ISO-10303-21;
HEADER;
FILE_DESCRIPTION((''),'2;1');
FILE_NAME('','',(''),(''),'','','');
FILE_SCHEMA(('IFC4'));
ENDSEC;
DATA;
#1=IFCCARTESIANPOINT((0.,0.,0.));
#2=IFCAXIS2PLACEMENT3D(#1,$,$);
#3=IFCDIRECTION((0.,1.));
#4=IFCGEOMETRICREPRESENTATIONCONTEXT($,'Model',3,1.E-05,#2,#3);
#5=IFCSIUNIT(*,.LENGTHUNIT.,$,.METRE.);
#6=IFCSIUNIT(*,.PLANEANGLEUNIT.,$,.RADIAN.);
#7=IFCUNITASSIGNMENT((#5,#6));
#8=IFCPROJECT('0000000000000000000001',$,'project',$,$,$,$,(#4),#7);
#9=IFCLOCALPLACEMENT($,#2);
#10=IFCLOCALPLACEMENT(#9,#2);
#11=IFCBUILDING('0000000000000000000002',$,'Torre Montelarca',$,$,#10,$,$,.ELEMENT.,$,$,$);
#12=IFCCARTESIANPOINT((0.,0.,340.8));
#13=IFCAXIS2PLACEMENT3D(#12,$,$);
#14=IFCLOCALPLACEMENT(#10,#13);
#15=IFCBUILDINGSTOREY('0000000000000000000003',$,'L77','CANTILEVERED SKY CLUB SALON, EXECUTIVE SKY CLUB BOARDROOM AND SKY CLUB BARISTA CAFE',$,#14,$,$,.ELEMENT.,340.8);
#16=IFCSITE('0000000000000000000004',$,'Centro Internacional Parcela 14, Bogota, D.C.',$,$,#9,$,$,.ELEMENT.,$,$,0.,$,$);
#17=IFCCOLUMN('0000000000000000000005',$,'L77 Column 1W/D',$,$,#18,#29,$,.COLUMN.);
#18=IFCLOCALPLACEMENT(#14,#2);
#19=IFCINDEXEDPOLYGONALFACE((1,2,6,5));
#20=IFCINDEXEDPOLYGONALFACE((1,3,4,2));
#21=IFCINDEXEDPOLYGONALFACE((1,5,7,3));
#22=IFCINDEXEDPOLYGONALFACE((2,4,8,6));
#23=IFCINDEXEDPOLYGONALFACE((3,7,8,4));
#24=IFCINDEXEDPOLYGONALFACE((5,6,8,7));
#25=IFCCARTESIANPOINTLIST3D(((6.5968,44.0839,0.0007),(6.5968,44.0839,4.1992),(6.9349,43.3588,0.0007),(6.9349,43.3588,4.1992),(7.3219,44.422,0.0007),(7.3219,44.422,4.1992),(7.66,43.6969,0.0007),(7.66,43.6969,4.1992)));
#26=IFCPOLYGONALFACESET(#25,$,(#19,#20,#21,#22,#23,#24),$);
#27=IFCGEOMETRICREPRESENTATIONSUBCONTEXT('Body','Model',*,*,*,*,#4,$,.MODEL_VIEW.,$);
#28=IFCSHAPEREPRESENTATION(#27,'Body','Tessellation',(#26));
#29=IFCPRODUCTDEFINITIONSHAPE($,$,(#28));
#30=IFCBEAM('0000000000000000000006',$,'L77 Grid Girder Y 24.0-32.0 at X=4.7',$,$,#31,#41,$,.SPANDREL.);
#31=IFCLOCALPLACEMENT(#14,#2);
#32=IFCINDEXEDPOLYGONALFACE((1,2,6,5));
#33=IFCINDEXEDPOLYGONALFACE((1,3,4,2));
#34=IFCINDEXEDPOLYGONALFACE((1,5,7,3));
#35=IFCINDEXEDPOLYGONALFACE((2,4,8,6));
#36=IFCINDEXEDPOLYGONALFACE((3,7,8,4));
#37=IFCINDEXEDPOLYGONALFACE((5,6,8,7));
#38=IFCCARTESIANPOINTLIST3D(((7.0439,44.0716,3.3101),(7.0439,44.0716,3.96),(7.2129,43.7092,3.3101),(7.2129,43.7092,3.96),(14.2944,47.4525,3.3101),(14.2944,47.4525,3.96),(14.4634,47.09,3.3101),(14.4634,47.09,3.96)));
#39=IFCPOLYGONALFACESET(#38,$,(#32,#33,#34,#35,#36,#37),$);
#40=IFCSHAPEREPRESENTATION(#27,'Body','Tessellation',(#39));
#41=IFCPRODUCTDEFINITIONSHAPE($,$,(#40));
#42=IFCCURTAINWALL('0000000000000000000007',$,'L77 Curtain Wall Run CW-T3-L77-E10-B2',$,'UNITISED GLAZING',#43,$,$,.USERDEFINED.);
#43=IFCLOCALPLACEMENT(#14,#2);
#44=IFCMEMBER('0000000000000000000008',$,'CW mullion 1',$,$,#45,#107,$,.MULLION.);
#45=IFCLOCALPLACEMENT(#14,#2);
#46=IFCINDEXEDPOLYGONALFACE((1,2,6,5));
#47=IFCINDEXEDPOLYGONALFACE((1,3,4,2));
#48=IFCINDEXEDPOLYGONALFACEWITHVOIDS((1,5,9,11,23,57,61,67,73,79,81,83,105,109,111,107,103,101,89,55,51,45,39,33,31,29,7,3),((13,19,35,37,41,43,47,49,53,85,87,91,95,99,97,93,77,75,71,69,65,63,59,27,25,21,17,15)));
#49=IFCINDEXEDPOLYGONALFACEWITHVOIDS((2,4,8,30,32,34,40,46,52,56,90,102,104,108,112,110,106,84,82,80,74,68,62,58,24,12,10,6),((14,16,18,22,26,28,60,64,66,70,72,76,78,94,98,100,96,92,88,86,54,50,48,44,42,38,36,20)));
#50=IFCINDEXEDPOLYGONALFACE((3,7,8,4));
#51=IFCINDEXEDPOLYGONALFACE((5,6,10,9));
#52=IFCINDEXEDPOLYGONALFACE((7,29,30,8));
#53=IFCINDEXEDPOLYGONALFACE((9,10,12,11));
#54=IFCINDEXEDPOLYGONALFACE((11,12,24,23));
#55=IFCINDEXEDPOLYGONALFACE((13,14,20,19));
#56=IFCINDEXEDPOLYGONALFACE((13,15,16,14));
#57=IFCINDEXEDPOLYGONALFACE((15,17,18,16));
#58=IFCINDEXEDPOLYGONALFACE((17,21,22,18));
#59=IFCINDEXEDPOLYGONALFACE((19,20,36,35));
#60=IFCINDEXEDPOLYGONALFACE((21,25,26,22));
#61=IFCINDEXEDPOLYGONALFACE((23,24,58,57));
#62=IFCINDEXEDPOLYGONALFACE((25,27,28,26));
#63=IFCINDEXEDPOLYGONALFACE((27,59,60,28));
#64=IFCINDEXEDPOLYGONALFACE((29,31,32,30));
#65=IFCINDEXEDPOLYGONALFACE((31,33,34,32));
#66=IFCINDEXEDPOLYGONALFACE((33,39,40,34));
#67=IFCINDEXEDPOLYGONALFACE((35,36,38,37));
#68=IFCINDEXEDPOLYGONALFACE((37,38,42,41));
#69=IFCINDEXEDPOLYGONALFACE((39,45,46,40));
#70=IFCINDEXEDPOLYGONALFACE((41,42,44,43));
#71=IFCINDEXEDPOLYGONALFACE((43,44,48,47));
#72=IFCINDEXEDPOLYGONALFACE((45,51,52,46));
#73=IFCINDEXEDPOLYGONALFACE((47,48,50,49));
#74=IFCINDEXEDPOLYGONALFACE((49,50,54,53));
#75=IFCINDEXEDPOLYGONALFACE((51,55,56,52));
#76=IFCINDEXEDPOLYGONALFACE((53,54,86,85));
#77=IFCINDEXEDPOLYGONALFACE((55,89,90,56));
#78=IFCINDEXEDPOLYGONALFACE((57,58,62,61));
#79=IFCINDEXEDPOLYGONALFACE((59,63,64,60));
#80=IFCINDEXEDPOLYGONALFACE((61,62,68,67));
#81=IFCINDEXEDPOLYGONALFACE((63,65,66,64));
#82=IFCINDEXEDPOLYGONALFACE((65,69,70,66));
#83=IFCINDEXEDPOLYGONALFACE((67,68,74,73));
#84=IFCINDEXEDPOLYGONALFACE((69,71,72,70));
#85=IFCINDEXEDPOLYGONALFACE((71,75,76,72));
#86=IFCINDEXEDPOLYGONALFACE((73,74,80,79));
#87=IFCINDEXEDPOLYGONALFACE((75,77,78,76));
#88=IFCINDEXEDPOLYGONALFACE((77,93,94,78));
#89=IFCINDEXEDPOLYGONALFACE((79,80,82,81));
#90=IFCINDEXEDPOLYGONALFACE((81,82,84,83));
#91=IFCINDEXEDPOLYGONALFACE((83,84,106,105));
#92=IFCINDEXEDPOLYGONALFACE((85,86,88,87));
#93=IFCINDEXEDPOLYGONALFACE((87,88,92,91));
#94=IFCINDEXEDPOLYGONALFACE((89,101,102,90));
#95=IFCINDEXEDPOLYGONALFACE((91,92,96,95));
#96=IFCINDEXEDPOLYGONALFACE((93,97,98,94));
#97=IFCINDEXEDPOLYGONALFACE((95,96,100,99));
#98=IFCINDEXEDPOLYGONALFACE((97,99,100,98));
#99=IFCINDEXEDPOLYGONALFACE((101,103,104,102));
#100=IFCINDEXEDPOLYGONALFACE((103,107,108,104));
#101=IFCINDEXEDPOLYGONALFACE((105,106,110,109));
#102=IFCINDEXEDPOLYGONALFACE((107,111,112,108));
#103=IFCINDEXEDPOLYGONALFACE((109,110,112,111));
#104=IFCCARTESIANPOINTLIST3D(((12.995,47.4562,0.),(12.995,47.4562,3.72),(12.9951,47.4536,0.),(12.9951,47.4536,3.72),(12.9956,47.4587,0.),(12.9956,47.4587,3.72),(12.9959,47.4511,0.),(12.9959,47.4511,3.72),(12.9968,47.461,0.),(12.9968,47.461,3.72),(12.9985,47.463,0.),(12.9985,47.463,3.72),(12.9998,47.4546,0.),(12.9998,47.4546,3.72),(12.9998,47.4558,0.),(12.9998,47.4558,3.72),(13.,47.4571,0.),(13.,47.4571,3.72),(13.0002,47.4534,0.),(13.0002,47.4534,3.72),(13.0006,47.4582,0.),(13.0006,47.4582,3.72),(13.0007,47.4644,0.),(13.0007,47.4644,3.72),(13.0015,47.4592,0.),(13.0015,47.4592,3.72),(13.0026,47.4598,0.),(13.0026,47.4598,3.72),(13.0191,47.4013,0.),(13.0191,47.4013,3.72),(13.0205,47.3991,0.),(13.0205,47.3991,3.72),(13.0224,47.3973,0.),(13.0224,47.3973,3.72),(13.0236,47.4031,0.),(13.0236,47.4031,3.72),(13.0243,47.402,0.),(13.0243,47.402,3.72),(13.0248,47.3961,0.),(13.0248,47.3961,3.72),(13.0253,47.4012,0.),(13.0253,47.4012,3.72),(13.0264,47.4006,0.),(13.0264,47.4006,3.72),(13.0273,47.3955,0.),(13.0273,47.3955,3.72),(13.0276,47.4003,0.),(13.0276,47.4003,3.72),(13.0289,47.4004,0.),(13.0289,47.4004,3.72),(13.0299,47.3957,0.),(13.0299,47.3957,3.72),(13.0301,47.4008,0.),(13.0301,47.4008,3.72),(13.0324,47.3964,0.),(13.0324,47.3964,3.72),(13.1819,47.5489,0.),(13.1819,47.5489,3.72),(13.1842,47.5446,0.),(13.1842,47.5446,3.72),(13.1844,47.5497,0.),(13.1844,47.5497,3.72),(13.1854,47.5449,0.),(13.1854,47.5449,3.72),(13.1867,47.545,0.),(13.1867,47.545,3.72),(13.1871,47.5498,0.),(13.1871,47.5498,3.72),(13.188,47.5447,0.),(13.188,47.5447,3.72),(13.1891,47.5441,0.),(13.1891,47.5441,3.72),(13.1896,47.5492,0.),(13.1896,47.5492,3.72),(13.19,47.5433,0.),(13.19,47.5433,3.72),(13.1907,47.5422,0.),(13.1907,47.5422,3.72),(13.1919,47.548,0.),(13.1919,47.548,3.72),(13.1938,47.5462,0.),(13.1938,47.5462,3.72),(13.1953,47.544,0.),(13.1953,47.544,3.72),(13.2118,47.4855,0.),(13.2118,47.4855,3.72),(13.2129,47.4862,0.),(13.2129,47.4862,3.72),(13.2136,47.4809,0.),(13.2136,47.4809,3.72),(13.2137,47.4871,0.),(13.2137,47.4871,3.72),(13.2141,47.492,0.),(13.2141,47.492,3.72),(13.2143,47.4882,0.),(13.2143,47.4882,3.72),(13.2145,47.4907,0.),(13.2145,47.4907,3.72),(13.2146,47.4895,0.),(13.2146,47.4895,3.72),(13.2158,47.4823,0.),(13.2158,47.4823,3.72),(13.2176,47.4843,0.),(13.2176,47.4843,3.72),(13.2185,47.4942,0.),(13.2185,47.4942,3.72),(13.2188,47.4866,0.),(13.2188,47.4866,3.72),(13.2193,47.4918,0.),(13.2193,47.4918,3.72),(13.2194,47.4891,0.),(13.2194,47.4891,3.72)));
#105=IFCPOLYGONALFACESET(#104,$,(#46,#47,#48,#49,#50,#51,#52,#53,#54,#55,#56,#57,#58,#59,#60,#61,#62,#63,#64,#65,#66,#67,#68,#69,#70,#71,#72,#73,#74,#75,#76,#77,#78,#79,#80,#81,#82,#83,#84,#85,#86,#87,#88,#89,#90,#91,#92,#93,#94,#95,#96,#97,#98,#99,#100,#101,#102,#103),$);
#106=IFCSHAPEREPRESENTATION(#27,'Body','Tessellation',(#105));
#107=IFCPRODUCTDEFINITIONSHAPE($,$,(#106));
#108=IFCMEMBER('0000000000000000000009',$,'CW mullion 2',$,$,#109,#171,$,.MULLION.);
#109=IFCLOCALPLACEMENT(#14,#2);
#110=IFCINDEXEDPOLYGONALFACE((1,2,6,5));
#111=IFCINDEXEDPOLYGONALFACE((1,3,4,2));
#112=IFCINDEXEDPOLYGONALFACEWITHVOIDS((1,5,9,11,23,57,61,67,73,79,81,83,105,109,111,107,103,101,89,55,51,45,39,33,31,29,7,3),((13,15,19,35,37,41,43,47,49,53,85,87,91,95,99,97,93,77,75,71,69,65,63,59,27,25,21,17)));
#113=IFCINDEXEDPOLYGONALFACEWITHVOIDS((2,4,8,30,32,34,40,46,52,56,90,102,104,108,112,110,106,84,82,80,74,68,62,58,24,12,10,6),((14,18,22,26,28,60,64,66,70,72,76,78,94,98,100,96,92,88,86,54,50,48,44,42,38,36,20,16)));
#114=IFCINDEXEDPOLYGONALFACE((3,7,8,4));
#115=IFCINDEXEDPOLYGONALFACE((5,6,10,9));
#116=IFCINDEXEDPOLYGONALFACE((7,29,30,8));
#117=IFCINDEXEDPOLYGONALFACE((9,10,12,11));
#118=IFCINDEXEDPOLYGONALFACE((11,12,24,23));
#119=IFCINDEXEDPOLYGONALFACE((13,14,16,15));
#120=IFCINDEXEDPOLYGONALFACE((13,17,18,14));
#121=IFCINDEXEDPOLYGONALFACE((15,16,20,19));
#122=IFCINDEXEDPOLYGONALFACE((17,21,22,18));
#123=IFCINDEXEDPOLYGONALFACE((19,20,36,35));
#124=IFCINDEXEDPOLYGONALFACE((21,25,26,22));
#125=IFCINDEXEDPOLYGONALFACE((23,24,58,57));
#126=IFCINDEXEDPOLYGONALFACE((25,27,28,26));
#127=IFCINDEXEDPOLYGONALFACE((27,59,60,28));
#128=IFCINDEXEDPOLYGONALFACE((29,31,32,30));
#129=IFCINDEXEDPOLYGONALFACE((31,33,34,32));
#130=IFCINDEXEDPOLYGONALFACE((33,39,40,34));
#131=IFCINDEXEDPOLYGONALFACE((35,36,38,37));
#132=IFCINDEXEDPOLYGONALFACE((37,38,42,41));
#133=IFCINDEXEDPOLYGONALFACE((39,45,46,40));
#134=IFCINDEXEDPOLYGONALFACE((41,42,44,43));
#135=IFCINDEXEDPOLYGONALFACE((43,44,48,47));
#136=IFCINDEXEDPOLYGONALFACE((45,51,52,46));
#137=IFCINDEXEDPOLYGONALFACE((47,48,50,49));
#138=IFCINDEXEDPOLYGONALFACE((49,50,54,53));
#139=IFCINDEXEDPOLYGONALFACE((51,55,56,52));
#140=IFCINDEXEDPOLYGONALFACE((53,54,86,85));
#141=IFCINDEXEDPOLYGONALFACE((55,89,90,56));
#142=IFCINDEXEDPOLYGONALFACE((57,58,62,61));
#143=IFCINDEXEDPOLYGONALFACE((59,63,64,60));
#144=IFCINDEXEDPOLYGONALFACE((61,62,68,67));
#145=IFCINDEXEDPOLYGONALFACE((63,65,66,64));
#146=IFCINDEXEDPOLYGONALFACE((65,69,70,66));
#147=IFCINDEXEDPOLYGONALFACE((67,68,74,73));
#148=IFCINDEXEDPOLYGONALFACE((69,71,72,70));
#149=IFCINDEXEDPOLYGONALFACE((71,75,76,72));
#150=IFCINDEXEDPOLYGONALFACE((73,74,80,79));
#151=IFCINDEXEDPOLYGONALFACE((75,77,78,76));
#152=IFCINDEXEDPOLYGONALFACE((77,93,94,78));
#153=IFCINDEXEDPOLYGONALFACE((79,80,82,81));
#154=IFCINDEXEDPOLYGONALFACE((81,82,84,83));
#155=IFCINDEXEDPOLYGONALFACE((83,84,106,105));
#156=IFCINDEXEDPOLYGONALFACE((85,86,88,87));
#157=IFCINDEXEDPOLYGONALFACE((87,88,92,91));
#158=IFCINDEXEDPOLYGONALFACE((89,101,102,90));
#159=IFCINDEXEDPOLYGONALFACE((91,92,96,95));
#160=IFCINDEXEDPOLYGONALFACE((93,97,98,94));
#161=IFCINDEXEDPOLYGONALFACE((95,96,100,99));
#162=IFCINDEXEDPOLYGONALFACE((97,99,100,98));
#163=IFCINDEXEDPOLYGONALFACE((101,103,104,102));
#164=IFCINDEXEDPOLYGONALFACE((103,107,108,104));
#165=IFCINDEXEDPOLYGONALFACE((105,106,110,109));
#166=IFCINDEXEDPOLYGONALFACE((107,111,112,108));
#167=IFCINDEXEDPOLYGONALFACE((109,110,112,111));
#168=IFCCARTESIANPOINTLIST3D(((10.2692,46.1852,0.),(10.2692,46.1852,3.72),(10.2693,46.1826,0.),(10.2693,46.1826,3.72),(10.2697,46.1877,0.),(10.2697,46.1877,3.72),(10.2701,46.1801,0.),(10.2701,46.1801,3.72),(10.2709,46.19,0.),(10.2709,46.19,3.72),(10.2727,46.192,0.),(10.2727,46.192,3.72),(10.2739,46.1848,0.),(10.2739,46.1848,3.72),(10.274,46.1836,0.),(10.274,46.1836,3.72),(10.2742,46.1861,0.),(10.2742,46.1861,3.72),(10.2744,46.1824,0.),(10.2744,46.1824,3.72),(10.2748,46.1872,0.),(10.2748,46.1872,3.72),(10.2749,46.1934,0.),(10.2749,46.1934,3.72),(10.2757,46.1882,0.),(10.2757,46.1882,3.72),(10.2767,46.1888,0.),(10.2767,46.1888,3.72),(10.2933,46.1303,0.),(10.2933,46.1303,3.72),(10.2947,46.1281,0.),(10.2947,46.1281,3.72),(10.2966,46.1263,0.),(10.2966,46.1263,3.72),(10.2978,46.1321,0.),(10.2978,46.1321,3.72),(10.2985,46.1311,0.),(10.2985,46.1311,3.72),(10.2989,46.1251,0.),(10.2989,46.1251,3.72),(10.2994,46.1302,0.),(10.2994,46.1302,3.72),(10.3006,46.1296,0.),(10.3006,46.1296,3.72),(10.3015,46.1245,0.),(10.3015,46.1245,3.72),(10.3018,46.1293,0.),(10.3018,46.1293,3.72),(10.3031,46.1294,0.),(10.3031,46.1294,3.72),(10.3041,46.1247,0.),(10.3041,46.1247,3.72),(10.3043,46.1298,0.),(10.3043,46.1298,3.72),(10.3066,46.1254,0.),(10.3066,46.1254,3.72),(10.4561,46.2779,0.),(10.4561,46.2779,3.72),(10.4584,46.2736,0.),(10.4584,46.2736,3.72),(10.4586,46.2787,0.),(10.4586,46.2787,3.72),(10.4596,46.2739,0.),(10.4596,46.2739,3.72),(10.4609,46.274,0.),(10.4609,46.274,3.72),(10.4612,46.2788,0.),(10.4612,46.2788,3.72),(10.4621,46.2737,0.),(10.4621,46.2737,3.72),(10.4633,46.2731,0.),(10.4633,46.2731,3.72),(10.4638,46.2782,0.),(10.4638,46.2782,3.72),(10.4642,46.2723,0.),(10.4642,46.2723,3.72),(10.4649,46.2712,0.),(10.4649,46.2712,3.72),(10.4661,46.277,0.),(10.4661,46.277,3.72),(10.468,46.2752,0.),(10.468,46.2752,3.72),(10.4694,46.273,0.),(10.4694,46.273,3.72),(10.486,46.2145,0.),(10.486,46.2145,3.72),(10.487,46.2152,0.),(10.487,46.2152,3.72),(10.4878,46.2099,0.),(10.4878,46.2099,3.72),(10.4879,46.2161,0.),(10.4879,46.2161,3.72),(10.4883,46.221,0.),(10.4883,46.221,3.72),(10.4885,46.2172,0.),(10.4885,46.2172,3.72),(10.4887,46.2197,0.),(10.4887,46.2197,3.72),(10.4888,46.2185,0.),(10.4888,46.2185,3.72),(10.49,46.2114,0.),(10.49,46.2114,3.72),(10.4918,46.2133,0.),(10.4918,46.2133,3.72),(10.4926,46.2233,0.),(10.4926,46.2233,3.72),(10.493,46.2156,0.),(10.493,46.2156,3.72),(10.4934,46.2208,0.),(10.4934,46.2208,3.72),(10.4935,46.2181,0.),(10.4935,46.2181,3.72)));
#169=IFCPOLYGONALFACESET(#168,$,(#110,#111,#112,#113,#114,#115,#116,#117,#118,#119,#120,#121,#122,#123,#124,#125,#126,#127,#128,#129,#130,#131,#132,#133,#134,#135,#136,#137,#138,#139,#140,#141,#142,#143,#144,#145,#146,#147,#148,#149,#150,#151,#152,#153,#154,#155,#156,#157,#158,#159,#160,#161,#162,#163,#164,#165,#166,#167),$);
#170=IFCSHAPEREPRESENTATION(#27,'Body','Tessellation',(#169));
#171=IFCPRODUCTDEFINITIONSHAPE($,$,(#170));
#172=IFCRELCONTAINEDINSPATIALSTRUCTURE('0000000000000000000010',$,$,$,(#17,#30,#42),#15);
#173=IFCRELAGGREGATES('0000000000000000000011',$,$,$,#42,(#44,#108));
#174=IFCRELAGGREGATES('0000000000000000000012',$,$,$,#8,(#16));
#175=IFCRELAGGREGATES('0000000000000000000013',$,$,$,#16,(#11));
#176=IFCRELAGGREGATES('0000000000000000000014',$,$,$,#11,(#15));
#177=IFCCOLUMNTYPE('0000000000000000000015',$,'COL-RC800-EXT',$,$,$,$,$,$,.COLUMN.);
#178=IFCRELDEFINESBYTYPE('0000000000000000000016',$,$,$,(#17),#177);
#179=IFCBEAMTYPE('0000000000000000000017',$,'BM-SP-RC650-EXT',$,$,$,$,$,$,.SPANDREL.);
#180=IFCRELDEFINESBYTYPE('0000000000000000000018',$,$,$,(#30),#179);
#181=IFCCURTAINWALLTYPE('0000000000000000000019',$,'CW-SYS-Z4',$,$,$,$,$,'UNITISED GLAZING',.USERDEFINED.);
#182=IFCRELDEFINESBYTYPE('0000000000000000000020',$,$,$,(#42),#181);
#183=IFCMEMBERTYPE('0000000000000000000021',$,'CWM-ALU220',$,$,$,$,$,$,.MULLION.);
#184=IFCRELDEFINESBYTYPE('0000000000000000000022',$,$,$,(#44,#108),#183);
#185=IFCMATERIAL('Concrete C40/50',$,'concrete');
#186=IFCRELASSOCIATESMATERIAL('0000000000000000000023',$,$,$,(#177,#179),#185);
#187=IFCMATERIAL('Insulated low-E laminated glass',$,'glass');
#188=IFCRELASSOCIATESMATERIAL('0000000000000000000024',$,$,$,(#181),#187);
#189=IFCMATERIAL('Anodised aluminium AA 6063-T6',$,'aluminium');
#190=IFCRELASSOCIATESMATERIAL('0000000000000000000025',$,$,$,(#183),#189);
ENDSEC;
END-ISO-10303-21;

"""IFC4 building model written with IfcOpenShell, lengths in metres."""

from ifc_helpers import new_model, si_unit, direction, frame, origin, origin_2d, place, context, subcontext, project, spatial, rectangle, hollow_rectangle, extrude, source, transform, mapped, material, material_profile, profile_set, type_object, element, aggregate, save


model = new_model("IFC4")

# Units and contexts
model_context = context("Model", 3, precision=1e-05, world=origin(), true_north=direction((0.0, 1.0)))
body_context = subcontext(model_context, "Body", "Model", "MODEL_VIEW")
ifc_project = project(units=[si_unit("LENGTHUNIT", "METRE"), si_unit("PLANEANGLEUNIT", "RADIAN")], contexts=[model_context])

# Site, building, storey
site_placement = place(None, origin())
site = spatial("IfcSite", under=ifc_project, at=site_placement, Name="Centro Internacional Parcela 14, Bogota, D.C.", CompositionType="ELEMENT", RefElevation=0.0)
building_placement = place(site_placement, origin())
building = spatial("IfcBuilding", under=site, at=building_placement, Name="Torre Montelarca", CompositionType="ELEMENT")
storey_placement = place(building_placement, frame((0.0, 0.0, 340.8)))
storey = spatial("IfcBuildingStorey", under=building, at=storey_placement, Name="L77", Description="CANTILEVERED SKY CLUB SALON, EXECUTIVE SKY CLUB BOARDROOM AND SKY CLUB BARISTA CAFE", CompositionType="ELEMENT", Elevation=340.8)

# Column
ifc_material_1 = material(Name="Concrete C40/50", Category="concrete")
ifc_material_profile_1 = material_profile(ifc_material_1, rectangle(XDim=0.8, YDim=0.8, at=origin_2d()), Name="RC800X800", Category="concrete")
ifc_profile_set_1 = profile_set([ifc_material_profile_1], Name="Concrete C40/50")
column_type = type_object("IfcColumnType", Name="COL-RC800-EXT", PredefinedType="COLUMN", material=ifc_profile_set_1)
shared_shape_1 = source(origin(), body_context, "Body", "SweptSolid", [
    extrude(rectangle(XDim=0.8, YDim=0.8, at=origin_2d()), origin(), (0.0, 0.0, 1.0), 4.1985),
])
column_placement = place(storey_placement, frame((7.1284, 43.8904, 0.0007), z_axis=(0.0, 0.0, 1.0), x_axis=(-0.422618, 0.906308, 0.0)))
element("IfcColumn", 1, at=column_placement, inside=storey, type_object=column_type, Name="L77 Column 1W/D", PredefinedType="COLUMN", context=body_context, shape_type="MappedRepresentation", body=[
    mapped(shared_shape_1, transform((0.0, 0.0, 0.0), scale=1.0)),
])

# Beam
ifc_material_profile_2 = material_profile(ifc_material_1, rectangle(XDim=0.3999, YDim=0.6499, at=origin_2d()), Name="RCB400X650", Category="concrete")
ifc_profile_set_2 = profile_set([ifc_material_profile_2], Name="Concrete C40/50")
beam_type = type_object("IfcBeamType", Name="BM-SP-RC650-EXT", PredefinedType="SPANDREL", material=ifc_profile_set_2)
shared_shape_2 = source(origin(), body_context, "Body", "SweptSolid", [
    extrude(rectangle(XDim=0.3999, YDim=0.6499, at=origin_2d()), origin(), (0.0, 0.0, 1.0), 8.0),
])
beam_placement = place(storey_placement, frame((7.1284, 43.8904, 3.635), z_axis=(0.906313, 0.422608, 0.0), x_axis=(-0.422608, 0.906313, 0.0)))
element("IfcBeam", 2, at=beam_placement, inside=storey, type_object=beam_type, Name="L77 Grid Girder Y 24.0-32.0 at X=4.7", PredefinedType="SPANDREL", context=body_context, shape_type="MappedRepresentation", body=[
    mapped(shared_shape_2, transform((0.0, 0.0, 0.0), scale=1.0)),
])

# Curtain wall, members
ifc_material_2 = material(Name="Insulated low-E laminated glass", Category="glass")
curtain_wall_type = type_object("IfcCurtainWallType", Name="CW-SYS-Z4", ElementType="UNITISED GLAZING", PredefinedType="USERDEFINED", material=ifc_material_2)
curtain_wall_1_placement = place(storey_placement, origin())
curtain_wall_1 = element("IfcCurtainWall", 3, at=curtain_wall_1_placement, inside=storey, type_object=curtain_wall_type, Name="L77 Curtain Wall Run CW-T3-L77-E10-B2", ObjectType="UNITISED GLAZING", PredefinedType="USERDEFINED")
ifc_material_3 = material(Name="Anodised aluminium AA 6063-T6", Category="aluminium")
ifc_material_profile_3 = material_profile(ifc_material_3, hollow_rectangle(XDim=0.075, YDim=0.22, WallThickness=0.0049, InnerFilletRadius=0.0049, OuterFilletRadius=0.01, at=origin_2d()), Name="ALU75X220X5", Category="aluminium")
ifc_profile_set_3 = profile_set([ifc_material_profile_3], Name="Anodised aluminium AA 6063-T6")
member_type_1 = type_object("IfcMemberType", Name="CWM-ALU220", PredefinedType="MULLION", material=ifc_profile_set_3)
shared_shape_3 = source(origin(), body_context, "Body", "SweptSolid", [
    extrude(hollow_rectangle(XDim=0.075, YDim=0.22, WallThickness=0.0049, InnerFilletRadius=0.0049, OuterFilletRadius=0.01, at=origin_2d()), origin(), (0.0, 0.0, 1.0), 3.72),
])
member_1_placement = place(storey_placement, frame((13.1072, 47.4727, 0.0), z_axis=(0.0, 0.0, 1.0), x_axis=(0.422627, -0.906304, 0.0)))
member_1 = element("IfcMember", 4, at=member_1_placement, type_object=member_type_1, Name="CW mullion 1", PredefinedType="MULLION", context=body_context, shape_type="MappedRepresentation", body=[
    mapped(shared_shape_3, transform((0.0, 0.0, 0.0), scale=1.0)),
])
member_2_placement = place(storey_placement, frame((10.3813, 46.2017, 0.0), z_axis=(0.0, 0.0, 1.0), x_axis=(0.422627, -0.906304, 0.0)))
member_2 = element("IfcMember", 5, at=member_2_placement, type_object=member_type_1, Name="CW mullion 2", PredefinedType="MULLION", context=body_context, shape_type="MappedRepresentation", body=[
    mapped(shared_shape_3, transform((0.0, 0.0, 0.0), scale=1.0)),
])

aggregate(curtain_wall_1, [member_1, member_2])

save(model, "model.ifc")
